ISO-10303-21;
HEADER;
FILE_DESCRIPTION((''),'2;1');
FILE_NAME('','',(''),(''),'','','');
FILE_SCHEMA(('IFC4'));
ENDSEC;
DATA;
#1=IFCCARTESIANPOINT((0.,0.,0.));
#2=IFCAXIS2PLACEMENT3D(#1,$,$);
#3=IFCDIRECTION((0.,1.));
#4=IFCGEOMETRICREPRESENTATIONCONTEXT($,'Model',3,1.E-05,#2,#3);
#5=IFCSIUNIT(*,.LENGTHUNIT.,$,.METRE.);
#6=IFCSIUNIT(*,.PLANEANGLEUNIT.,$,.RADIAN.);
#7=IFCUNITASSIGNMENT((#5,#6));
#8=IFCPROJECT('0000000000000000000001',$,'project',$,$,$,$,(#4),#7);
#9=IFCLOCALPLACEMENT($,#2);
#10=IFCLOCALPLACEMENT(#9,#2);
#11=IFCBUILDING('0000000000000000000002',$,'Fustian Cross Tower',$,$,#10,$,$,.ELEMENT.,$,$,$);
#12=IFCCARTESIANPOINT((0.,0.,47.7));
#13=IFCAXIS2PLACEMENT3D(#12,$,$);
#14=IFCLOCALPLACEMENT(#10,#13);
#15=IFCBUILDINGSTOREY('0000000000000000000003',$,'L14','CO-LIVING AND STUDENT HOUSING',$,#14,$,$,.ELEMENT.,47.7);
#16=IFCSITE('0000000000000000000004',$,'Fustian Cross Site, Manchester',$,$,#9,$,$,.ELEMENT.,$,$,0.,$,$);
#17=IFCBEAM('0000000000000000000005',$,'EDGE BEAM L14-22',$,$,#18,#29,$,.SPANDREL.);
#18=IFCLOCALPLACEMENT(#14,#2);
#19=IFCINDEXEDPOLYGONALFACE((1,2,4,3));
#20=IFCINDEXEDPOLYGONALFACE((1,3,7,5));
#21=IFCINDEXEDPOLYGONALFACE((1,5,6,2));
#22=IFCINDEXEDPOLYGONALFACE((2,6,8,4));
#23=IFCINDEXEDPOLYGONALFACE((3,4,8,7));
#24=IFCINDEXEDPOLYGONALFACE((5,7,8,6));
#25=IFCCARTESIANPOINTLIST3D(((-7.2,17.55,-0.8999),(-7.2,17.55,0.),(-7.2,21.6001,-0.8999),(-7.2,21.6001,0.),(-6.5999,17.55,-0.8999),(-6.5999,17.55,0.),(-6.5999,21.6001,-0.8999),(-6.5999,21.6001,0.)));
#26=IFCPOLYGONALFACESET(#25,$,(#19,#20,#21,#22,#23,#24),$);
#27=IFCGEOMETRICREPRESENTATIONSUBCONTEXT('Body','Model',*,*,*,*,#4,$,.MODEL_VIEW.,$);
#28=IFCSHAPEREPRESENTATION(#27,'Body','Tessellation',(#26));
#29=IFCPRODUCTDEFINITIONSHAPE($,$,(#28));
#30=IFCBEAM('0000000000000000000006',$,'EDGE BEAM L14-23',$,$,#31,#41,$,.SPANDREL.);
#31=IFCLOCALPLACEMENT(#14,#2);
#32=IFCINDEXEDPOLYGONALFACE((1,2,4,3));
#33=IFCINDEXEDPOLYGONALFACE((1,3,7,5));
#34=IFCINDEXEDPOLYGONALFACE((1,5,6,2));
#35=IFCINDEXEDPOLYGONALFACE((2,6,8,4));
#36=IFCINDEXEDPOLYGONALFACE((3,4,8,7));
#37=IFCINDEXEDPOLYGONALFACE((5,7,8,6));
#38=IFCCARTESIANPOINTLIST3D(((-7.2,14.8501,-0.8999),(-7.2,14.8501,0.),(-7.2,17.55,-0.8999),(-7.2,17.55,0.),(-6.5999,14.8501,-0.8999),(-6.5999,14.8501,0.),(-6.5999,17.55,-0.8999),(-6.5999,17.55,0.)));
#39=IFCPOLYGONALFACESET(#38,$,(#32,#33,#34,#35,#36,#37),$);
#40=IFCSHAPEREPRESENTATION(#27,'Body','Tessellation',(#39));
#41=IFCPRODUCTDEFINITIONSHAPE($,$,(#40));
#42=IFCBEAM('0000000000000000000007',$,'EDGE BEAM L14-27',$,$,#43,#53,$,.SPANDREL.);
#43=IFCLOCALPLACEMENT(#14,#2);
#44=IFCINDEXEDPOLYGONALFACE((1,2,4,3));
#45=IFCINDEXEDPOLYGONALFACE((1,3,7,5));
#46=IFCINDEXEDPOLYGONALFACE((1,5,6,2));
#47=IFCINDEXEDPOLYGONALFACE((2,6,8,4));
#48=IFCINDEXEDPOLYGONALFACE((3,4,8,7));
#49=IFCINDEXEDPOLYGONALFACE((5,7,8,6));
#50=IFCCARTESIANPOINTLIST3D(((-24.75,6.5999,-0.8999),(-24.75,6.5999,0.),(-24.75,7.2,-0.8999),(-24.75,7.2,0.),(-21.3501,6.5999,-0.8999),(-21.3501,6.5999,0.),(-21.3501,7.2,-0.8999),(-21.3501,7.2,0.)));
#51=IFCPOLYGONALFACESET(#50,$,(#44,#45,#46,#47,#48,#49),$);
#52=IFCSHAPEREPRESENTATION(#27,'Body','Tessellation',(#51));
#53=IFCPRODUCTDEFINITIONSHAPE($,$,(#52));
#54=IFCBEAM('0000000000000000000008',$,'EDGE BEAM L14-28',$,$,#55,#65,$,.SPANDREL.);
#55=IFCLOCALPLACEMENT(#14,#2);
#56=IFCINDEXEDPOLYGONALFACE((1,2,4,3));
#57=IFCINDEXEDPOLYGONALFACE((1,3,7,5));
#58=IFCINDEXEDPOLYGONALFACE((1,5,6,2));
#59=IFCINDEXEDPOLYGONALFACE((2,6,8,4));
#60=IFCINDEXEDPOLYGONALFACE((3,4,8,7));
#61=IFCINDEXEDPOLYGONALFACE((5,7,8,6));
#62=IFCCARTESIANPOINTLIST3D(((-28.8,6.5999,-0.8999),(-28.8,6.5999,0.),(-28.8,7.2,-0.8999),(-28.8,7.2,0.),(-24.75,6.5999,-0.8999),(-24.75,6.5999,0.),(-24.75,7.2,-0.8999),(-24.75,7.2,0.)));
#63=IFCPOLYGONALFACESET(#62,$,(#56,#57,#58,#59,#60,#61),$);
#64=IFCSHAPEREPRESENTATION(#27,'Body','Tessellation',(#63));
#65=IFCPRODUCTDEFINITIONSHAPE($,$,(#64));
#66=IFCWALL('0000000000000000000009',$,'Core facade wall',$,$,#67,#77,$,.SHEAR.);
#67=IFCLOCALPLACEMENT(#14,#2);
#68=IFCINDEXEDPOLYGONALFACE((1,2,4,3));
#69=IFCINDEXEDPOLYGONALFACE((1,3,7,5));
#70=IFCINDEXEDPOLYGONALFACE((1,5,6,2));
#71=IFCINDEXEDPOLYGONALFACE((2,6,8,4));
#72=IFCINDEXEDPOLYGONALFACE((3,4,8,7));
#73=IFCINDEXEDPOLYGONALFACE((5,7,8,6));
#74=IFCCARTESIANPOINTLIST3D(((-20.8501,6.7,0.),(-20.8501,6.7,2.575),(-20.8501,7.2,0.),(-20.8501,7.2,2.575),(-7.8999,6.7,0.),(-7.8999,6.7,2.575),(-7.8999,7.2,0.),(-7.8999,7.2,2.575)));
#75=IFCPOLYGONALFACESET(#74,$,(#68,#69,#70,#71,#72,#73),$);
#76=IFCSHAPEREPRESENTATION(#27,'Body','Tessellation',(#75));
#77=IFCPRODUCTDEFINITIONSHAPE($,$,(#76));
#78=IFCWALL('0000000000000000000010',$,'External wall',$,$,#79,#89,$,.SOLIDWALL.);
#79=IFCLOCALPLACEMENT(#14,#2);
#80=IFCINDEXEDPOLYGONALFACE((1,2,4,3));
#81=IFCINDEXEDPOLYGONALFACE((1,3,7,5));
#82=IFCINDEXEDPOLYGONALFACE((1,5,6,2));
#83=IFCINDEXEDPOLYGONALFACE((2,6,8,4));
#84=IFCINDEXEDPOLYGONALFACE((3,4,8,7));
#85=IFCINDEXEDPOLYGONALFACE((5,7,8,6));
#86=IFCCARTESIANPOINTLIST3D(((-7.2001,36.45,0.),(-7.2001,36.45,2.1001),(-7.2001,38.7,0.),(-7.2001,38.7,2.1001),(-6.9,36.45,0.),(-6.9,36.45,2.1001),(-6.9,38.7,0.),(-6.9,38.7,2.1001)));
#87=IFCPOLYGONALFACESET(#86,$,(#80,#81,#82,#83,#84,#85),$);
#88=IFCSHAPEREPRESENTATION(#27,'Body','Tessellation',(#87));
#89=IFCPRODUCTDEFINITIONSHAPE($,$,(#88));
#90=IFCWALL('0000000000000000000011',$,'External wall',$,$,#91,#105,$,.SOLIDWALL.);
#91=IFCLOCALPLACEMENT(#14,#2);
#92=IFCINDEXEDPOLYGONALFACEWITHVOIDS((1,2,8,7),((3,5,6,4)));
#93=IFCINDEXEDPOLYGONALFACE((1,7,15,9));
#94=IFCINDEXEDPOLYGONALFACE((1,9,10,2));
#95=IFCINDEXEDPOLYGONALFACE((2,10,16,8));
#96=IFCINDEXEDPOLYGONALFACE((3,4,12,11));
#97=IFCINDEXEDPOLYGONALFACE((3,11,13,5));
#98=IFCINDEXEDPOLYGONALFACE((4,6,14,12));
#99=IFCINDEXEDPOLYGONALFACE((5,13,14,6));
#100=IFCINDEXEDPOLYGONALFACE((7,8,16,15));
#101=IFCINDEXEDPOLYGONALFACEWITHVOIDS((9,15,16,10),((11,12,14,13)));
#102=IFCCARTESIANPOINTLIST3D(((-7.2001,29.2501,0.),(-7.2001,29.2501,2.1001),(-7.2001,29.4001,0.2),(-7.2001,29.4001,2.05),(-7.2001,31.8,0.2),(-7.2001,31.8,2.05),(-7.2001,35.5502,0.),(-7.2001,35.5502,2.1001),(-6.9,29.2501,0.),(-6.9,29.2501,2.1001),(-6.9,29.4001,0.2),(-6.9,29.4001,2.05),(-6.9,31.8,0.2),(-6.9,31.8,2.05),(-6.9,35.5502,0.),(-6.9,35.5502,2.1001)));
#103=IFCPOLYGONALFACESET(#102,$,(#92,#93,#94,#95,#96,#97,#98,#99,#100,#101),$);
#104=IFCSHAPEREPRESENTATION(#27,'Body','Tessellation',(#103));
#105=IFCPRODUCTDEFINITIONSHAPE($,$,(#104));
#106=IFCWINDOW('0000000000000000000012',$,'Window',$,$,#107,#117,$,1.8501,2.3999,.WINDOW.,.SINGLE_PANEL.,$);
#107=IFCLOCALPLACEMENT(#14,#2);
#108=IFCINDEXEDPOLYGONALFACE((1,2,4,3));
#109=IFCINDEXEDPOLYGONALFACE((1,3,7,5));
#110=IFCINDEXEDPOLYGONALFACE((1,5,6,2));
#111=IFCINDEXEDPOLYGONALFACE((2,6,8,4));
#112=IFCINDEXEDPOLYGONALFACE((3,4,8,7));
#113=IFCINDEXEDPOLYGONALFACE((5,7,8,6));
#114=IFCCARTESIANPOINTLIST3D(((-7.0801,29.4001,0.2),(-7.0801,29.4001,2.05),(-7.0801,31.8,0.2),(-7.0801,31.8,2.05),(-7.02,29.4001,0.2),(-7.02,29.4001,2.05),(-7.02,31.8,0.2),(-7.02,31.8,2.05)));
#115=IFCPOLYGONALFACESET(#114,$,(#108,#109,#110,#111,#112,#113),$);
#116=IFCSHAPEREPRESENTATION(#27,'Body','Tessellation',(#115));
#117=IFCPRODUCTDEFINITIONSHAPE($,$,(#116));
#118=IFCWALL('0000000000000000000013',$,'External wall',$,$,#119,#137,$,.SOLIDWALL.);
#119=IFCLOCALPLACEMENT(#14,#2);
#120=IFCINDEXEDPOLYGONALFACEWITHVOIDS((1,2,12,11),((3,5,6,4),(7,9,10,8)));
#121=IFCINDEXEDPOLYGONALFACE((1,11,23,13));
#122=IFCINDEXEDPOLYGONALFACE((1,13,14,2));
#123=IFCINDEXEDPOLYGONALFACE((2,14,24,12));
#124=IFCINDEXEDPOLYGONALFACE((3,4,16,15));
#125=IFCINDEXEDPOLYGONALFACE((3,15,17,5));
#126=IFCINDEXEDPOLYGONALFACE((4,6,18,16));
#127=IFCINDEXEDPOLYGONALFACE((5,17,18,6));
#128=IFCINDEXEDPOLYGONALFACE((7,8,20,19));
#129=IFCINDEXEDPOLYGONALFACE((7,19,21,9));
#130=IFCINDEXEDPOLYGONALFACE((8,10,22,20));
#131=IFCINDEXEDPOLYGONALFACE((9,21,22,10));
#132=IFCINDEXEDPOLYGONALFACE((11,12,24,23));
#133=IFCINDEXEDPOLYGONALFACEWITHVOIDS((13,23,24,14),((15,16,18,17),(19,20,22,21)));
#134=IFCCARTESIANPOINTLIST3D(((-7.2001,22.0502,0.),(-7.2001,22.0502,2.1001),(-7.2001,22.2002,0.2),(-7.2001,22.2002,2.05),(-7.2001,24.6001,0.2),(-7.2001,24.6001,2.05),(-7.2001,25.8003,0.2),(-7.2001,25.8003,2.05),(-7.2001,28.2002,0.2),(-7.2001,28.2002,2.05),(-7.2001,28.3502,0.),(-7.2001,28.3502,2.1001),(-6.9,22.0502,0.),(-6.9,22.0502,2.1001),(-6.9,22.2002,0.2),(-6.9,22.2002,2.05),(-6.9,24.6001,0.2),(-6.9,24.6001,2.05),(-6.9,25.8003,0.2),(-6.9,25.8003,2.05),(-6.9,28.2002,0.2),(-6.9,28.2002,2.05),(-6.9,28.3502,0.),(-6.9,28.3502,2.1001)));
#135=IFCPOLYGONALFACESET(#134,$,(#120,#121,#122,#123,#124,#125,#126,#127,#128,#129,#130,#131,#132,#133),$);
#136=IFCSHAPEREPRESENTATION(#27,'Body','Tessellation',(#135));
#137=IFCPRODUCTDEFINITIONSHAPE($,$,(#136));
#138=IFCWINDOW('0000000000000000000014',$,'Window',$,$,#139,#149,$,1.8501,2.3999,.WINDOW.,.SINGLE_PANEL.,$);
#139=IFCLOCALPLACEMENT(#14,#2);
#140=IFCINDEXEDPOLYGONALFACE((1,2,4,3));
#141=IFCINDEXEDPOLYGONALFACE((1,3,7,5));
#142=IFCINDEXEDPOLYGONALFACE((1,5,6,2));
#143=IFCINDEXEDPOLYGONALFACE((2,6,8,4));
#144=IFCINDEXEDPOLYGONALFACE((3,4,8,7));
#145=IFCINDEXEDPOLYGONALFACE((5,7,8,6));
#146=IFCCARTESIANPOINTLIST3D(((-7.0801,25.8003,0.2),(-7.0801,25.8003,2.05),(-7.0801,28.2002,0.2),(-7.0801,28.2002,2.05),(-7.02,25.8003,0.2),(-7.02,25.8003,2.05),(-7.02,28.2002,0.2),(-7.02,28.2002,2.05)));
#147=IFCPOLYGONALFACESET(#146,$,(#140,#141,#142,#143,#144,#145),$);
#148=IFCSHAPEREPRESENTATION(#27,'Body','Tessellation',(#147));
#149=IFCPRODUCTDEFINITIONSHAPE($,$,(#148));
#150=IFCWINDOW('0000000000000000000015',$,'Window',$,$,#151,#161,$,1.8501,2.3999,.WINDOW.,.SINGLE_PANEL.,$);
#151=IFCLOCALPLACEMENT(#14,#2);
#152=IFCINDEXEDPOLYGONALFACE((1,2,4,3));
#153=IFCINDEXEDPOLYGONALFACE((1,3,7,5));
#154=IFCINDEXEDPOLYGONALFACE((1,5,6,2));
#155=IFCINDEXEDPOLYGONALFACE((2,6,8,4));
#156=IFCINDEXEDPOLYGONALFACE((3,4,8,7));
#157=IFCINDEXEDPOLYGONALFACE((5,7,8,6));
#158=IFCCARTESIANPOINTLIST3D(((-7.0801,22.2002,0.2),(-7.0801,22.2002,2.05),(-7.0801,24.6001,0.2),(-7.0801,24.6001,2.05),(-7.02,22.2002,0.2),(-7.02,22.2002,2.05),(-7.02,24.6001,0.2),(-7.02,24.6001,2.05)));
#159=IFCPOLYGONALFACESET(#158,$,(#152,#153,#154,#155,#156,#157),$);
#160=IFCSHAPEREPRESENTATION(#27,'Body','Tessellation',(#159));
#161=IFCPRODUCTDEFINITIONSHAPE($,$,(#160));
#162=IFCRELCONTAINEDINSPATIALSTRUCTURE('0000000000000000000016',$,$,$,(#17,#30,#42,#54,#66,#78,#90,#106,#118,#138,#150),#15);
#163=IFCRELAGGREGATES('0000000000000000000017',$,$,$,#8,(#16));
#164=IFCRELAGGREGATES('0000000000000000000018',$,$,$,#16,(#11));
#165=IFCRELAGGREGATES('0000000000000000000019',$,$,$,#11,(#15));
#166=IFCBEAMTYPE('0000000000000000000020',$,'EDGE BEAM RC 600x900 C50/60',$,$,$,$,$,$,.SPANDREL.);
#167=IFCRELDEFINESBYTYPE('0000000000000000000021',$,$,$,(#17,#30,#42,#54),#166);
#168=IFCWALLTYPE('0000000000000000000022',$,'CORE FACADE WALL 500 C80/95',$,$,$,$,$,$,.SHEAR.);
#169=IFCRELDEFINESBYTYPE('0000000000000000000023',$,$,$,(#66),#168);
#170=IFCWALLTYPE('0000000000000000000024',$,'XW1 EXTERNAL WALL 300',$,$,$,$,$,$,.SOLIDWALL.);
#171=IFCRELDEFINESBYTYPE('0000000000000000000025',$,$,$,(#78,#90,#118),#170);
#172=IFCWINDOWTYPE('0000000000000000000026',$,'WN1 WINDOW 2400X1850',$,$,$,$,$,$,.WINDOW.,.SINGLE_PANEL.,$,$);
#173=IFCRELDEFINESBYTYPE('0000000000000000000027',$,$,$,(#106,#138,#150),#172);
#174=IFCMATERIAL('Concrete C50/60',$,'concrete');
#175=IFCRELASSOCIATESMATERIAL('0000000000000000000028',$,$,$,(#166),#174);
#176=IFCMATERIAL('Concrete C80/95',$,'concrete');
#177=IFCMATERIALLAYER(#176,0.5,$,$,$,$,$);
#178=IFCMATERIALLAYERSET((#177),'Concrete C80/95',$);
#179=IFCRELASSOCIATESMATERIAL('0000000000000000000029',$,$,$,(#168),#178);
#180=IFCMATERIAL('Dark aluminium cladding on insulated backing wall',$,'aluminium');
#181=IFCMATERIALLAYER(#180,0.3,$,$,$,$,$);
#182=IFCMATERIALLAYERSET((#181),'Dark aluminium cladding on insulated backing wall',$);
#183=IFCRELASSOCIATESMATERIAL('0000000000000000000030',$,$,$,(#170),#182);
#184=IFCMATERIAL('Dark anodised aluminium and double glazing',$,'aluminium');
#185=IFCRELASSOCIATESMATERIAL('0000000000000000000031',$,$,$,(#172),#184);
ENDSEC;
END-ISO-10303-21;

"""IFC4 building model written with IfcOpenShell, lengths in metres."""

from ifc_helpers import new_model, si_unit, direction, frame, frame_2d, origin, origin_2d, place, context, subcontext, project, spatial, rectangle, extrude, material, layer, layer_set, material_profile, profile_set, type_object, element, fill, save


model = new_model("IFC4")

# Units and contexts
model_context = context("Model", 3, precision=1e-05, world=origin(), true_north=direction((0.0, 1.0)))
body_context = subcontext(model_context, "Body", "Model", "MODEL_VIEW")
ifc_project = project(units=[si_unit("LENGTHUNIT", "METRE"), si_unit("PLANEANGLEUNIT", "RADIAN")], contexts=[model_context])

# Site, building, storey
site_placement = place(None, origin())
site = spatial("IfcSite", under=ifc_project, at=site_placement, Name="Fustian Cross Site, Manchester", CompositionType="ELEMENT", RefElevation=0.0)
building_placement = place(site_placement, origin())
building = spatial("IfcBuilding", under=site, at=building_placement, Name="Fustian Cross Tower", CompositionType="ELEMENT")
storey_placement = place(building_placement, frame((0.0, 0.0, 47.7)))
storey = spatial("IfcBuildingStorey", under=building, at=storey_placement, Name="L14", Description="CO-LIVING AND STUDENT HOUSING", CompositionType="ELEMENT", Elevation=47.7)

# Beams
ifc_material_1 = material(Name="Concrete C50/60", Category="concrete")
ifc_material_profile = material_profile(ifc_material_1, rectangle(XDim=0.6001, YDim=0.8999, at=origin_2d()), Name="RC 600x900")
ifc_profile_set = profile_set([ifc_material_profile], Name="Concrete C50/60")
beam_type = type_object("IfcBeamType", Name="EDGE BEAM RC 600x900 C50/60", PredefinedType="SPANDREL", material=ifc_profile_set)
beam_1_placement = place(storey_placement, frame((-6.8999, 21.6001, -0.45), z_axis=(0.0, -1.0, 0.0), x_axis=(1.0, 0.0, 0.0)))
element("IfcBeam", 1, at=beam_1_placement, inside=storey, type_object=beam_type, Name="EDGE BEAM L14-22", PredefinedType="SPANDREL", context=body_context, shape_type="SweptSolid", body=[
    extrude(rectangle(XDim=0.6001, YDim=0.8999, at=origin_2d()), origin(), (0.0, 0.0, 1.0), 4.05),
])
beam_2_placement = place(storey_placement, frame((-6.8999, 17.55, -0.45), z_axis=(0.0, -1.0, 0.0), x_axis=(1.0, 0.0, 0.0)))
element("IfcBeam", 2, at=beam_2_placement, inside=storey, type_object=beam_type, Name="EDGE BEAM L14-23", PredefinedType="SPANDREL", context=body_context, shape_type="SweptSolid", body=[
    extrude(rectangle(XDim=0.6001, YDim=0.8999, at=origin_2d()), origin(), (0.0, 0.0, 1.0), 2.7),
])
beam_3_placement = place(storey_placement, frame((-21.3501, 6.8999, -0.45), z_axis=(-1.0, 0.0, 0.0), x_axis=(0.0, -1.0, 0.0)))
element("IfcBeam", 3, at=beam_3_placement, inside=storey, type_object=beam_type, Name="EDGE BEAM L14-27", PredefinedType="SPANDREL", context=body_context, shape_type="SweptSolid", body=[
    extrude(rectangle(XDim=0.6001, YDim=0.8999, at=origin_2d()), origin(), (0.0, 0.0, 1.0), 3.3999),
])
beam_4_placement = place(storey_placement, frame((-24.75, 6.8999, -0.45), z_axis=(-1.0, 0.0, 0.0), x_axis=(0.0, -1.0, 0.0)))
element("IfcBeam", 4, at=beam_4_placement, inside=storey, type_object=beam_type, Name="EDGE BEAM L14-28", PredefinedType="SPANDREL", context=body_context, shape_type="SweptSolid", body=[
    extrude(rectangle(XDim=0.6001, YDim=0.8999, at=origin_2d()), origin(), (0.0, 0.0, 1.0), 4.05),
])

# Walls
ifc_material_2 = material(Name="Concrete C80/95", Category="concrete")
ifc_layer_1 = layer(ifc_material_2, 0.5)
ifc_layer_set_1 = layer_set([ifc_layer_1], Name="Concrete C80/95")
wall_type_1 = type_object("IfcWallType", Name="CORE FACADE WALL 500 C80/95", PredefinedType="SHEAR", material=ifc_layer_set_1)
wall_1_placement = place(storey_placement, frame((-7.8999, 6.95, 0.0), z_axis=(0.0, 0.0, 1.0), x_axis=(-1.0, 0.0, 0.0)))
element("IfcWall", 5, at=wall_1_placement, inside=storey, type_object=wall_type_1, Name="Core facade wall", PredefinedType="SHEAR", context=body_context, shape_type="SweptSolid", body=[
    extrude(rectangle(XDim=12.9502, YDim=0.5, at=frame_2d((6.4751, 0.0))), origin(), (0.0, 0.0, 1.0), 2.575),
])
ifc_material_3 = material(Name="Dark aluminium cladding on insulated backing wall", Category="aluminium")
ifc_layer_2 = layer(ifc_material_3, 0.3)
ifc_layer_set_2 = layer_set([ifc_layer_2], Name="Dark aluminium cladding on insulated backing wall")
wall_type_2 = type_object("IfcWallType", Name="XW1 EXTERNAL WALL 300", PredefinedType="SOLIDWALL", material=ifc_layer_set_2)
wall_2_placement = place(storey_placement, frame((-7.05, 38.7, 0.0), z_axis=(0.0, 0.0, 1.0), x_axis=(0.0, -1.0, 0.0)))
element("IfcWall", 6, at=wall_2_placement, inside=storey, type_object=wall_type_2, Name="External wall", PredefinedType="SOLIDWALL", context=body_context, shape_type="SweptSolid", body=[
    extrude(rectangle(XDim=2.25, YDim=0.3, at=frame_2d((1.125, 0.0))), origin(), (0.0, 0.0, 1.0), 2.1001),
])

# Wall, opening, window
wall_3_placement = place(storey_placement, frame((-7.05, 35.55, 0.0), z_axis=(0.0, 0.0, 1.0), x_axis=(0.0, -1.0, 0.0)))
wall_3 = element("IfcWall", 7, at=wall_3_placement, inside=storey, type_object=wall_type_2, Name="External wall", PredefinedType="SOLIDWALL", context=body_context, shape_type="SweptSolid", body=[
    extrude(rectangle(XDim=6.3, YDim=0.3, at=frame_2d((3.1499, 0.0))), origin(), (0.0, 0.0, 1.0), 2.1001),
])
opening_1_placement = place(wall_3_placement, frame((3.75, 0.0, 0.2)))
opening_1 = element("IfcOpeningElement", 8, at=opening_1_placement, cuts=wall_3, PredefinedType="OPENING", context=body_context, shape_type="SweptSolid", body=[
    extrude(rectangle(XDim=2.3999, YDim=1.8501, at=frame_2d((1.2, 0.925))), frame((0.0, 0.1599, 0.0), z_axis=(0.0, -1.0, 0.0), x_axis=(1.0, 0.0, 0.0)), (0.0, 0.0, 1.0), 0.3201),
])
ifc_material_4 = material(Name="Dark anodised aluminium and double glazing", Category="aluminium")
window_type_1 = type_object("IfcWindowType", Name="WN1 WINDOW 2400X1850", PartitioningType="SINGLE_PANEL", PredefinedType="WINDOW", material=ifc_material_4)
window_1_placement = place(opening_1_placement, origin())
window_1 = element("IfcWindow", 9, at=window_1_placement, inside=storey, type_object=window_type_1, Name="Window", OverallHeight=1.8501, OverallWidth=2.3999, PartitioningType="SINGLE_PANEL", PredefinedType="WINDOW", context=body_context, shape_type="SweptSolid", body=[
    extrude(rectangle(XDim=2.3999, YDim=1.8501, at=frame_2d((1.2, 0.925))), frame((0.0, 0.03, 0.0), z_axis=(0.0, -1.0, 0.0), x_axis=(1.0, 0.0, 0.0)), (0.0, 0.0, 1.0), 0.0601),
])
fill(opening_1, window_1)

# Wall, openings, windows
wall_4_placement = place(storey_placement, frame((-7.05, 28.3501, 0.0), z_axis=(0.0, 0.0, 1.0), x_axis=(0.0, -1.0, 0.0)))
wall_4 = element("IfcWall", 10, at=wall_4_placement, inside=storey, type_object=wall_type_2, Name="External wall", PredefinedType="SOLIDWALL", context=body_context, shape_type="SweptSolid", body=[
    extrude(rectangle(XDim=6.3, YDim=0.3, at=frame_2d((3.1499, 0.0))), origin(), (0.0, 0.0, 1.0), 2.1001),
])
opening_2_placement = place(wall_4_placement, frame((0.1499, 0.0, 0.2)))
opening_2 = element("IfcOpeningElement", 11, at=opening_2_placement, cuts=wall_4, PredefinedType="OPENING", context=body_context, shape_type="SweptSolid", body=[
    extrude(rectangle(XDim=2.3999, YDim=1.8501, at=frame_2d((1.2, 0.925))), frame((0.0, 0.1599, 0.0), z_axis=(0.0, -1.0, 0.0), x_axis=(1.0, 0.0, 0.0)), (0.0, 0.0, 1.0), 0.3201),
])
opening_3_placement = place(wall_4_placement, frame((3.75, 0.0, 0.2)))
opening_3 = element("IfcOpeningElement", 12, at=opening_3_placement, cuts=wall_4, PredefinedType="OPENING", context=body_context, shape_type="SweptSolid", body=[
    extrude(rectangle(XDim=2.3999, YDim=1.8501, at=frame_2d((1.2, 0.925))), frame((0.0, 0.1599, 0.0), z_axis=(0.0, -1.0, 0.0), x_axis=(1.0, 0.0, 0.0)), (0.0, 0.0, 1.0), 0.3201),
])
window_2_placement = place(opening_2_placement, origin())
window_2 = element("IfcWindow", 13, at=window_2_placement, inside=storey, type_object=window_type_1, Name="Window", OverallHeight=1.8501, OverallWidth=2.3999, PartitioningType="SINGLE_PANEL", PredefinedType="WINDOW", context=body_context, shape_type="SweptSolid", body=[
    extrude(rectangle(XDim=2.3999, YDim=1.8501, at=frame_2d((1.2, 0.925))), frame((0.0, 0.03, 0.0), z_axis=(0.0, -1.0, 0.0), x_axis=(1.0, 0.0, 0.0)), (0.0, 0.0, 1.0), 0.0601),
])
fill(opening_2, window_2)
window_3_placement = place(opening_3_placement, origin())
window_3 = element("IfcWindow", 14, at=window_3_placement, inside=storey, type_object=window_type_1, Name="Window", OverallHeight=1.8501, OverallWidth=2.3999, PartitioningType="SINGLE_PANEL", PredefinedType="WINDOW", context=body_context, shape_type="SweptSolid", body=[
    extrude(rectangle(XDim=2.3999, YDim=1.8501, at=frame_2d((1.2, 0.925))), frame((0.0, 0.03, 0.0), z_axis=(0.0, -1.0, 0.0), x_axis=(1.0, 0.0, 0.0)), (0.0, 0.0, 1.0), 0.0601),
])
fill(opening_3, window_3)

save(model, "model.ifc")
